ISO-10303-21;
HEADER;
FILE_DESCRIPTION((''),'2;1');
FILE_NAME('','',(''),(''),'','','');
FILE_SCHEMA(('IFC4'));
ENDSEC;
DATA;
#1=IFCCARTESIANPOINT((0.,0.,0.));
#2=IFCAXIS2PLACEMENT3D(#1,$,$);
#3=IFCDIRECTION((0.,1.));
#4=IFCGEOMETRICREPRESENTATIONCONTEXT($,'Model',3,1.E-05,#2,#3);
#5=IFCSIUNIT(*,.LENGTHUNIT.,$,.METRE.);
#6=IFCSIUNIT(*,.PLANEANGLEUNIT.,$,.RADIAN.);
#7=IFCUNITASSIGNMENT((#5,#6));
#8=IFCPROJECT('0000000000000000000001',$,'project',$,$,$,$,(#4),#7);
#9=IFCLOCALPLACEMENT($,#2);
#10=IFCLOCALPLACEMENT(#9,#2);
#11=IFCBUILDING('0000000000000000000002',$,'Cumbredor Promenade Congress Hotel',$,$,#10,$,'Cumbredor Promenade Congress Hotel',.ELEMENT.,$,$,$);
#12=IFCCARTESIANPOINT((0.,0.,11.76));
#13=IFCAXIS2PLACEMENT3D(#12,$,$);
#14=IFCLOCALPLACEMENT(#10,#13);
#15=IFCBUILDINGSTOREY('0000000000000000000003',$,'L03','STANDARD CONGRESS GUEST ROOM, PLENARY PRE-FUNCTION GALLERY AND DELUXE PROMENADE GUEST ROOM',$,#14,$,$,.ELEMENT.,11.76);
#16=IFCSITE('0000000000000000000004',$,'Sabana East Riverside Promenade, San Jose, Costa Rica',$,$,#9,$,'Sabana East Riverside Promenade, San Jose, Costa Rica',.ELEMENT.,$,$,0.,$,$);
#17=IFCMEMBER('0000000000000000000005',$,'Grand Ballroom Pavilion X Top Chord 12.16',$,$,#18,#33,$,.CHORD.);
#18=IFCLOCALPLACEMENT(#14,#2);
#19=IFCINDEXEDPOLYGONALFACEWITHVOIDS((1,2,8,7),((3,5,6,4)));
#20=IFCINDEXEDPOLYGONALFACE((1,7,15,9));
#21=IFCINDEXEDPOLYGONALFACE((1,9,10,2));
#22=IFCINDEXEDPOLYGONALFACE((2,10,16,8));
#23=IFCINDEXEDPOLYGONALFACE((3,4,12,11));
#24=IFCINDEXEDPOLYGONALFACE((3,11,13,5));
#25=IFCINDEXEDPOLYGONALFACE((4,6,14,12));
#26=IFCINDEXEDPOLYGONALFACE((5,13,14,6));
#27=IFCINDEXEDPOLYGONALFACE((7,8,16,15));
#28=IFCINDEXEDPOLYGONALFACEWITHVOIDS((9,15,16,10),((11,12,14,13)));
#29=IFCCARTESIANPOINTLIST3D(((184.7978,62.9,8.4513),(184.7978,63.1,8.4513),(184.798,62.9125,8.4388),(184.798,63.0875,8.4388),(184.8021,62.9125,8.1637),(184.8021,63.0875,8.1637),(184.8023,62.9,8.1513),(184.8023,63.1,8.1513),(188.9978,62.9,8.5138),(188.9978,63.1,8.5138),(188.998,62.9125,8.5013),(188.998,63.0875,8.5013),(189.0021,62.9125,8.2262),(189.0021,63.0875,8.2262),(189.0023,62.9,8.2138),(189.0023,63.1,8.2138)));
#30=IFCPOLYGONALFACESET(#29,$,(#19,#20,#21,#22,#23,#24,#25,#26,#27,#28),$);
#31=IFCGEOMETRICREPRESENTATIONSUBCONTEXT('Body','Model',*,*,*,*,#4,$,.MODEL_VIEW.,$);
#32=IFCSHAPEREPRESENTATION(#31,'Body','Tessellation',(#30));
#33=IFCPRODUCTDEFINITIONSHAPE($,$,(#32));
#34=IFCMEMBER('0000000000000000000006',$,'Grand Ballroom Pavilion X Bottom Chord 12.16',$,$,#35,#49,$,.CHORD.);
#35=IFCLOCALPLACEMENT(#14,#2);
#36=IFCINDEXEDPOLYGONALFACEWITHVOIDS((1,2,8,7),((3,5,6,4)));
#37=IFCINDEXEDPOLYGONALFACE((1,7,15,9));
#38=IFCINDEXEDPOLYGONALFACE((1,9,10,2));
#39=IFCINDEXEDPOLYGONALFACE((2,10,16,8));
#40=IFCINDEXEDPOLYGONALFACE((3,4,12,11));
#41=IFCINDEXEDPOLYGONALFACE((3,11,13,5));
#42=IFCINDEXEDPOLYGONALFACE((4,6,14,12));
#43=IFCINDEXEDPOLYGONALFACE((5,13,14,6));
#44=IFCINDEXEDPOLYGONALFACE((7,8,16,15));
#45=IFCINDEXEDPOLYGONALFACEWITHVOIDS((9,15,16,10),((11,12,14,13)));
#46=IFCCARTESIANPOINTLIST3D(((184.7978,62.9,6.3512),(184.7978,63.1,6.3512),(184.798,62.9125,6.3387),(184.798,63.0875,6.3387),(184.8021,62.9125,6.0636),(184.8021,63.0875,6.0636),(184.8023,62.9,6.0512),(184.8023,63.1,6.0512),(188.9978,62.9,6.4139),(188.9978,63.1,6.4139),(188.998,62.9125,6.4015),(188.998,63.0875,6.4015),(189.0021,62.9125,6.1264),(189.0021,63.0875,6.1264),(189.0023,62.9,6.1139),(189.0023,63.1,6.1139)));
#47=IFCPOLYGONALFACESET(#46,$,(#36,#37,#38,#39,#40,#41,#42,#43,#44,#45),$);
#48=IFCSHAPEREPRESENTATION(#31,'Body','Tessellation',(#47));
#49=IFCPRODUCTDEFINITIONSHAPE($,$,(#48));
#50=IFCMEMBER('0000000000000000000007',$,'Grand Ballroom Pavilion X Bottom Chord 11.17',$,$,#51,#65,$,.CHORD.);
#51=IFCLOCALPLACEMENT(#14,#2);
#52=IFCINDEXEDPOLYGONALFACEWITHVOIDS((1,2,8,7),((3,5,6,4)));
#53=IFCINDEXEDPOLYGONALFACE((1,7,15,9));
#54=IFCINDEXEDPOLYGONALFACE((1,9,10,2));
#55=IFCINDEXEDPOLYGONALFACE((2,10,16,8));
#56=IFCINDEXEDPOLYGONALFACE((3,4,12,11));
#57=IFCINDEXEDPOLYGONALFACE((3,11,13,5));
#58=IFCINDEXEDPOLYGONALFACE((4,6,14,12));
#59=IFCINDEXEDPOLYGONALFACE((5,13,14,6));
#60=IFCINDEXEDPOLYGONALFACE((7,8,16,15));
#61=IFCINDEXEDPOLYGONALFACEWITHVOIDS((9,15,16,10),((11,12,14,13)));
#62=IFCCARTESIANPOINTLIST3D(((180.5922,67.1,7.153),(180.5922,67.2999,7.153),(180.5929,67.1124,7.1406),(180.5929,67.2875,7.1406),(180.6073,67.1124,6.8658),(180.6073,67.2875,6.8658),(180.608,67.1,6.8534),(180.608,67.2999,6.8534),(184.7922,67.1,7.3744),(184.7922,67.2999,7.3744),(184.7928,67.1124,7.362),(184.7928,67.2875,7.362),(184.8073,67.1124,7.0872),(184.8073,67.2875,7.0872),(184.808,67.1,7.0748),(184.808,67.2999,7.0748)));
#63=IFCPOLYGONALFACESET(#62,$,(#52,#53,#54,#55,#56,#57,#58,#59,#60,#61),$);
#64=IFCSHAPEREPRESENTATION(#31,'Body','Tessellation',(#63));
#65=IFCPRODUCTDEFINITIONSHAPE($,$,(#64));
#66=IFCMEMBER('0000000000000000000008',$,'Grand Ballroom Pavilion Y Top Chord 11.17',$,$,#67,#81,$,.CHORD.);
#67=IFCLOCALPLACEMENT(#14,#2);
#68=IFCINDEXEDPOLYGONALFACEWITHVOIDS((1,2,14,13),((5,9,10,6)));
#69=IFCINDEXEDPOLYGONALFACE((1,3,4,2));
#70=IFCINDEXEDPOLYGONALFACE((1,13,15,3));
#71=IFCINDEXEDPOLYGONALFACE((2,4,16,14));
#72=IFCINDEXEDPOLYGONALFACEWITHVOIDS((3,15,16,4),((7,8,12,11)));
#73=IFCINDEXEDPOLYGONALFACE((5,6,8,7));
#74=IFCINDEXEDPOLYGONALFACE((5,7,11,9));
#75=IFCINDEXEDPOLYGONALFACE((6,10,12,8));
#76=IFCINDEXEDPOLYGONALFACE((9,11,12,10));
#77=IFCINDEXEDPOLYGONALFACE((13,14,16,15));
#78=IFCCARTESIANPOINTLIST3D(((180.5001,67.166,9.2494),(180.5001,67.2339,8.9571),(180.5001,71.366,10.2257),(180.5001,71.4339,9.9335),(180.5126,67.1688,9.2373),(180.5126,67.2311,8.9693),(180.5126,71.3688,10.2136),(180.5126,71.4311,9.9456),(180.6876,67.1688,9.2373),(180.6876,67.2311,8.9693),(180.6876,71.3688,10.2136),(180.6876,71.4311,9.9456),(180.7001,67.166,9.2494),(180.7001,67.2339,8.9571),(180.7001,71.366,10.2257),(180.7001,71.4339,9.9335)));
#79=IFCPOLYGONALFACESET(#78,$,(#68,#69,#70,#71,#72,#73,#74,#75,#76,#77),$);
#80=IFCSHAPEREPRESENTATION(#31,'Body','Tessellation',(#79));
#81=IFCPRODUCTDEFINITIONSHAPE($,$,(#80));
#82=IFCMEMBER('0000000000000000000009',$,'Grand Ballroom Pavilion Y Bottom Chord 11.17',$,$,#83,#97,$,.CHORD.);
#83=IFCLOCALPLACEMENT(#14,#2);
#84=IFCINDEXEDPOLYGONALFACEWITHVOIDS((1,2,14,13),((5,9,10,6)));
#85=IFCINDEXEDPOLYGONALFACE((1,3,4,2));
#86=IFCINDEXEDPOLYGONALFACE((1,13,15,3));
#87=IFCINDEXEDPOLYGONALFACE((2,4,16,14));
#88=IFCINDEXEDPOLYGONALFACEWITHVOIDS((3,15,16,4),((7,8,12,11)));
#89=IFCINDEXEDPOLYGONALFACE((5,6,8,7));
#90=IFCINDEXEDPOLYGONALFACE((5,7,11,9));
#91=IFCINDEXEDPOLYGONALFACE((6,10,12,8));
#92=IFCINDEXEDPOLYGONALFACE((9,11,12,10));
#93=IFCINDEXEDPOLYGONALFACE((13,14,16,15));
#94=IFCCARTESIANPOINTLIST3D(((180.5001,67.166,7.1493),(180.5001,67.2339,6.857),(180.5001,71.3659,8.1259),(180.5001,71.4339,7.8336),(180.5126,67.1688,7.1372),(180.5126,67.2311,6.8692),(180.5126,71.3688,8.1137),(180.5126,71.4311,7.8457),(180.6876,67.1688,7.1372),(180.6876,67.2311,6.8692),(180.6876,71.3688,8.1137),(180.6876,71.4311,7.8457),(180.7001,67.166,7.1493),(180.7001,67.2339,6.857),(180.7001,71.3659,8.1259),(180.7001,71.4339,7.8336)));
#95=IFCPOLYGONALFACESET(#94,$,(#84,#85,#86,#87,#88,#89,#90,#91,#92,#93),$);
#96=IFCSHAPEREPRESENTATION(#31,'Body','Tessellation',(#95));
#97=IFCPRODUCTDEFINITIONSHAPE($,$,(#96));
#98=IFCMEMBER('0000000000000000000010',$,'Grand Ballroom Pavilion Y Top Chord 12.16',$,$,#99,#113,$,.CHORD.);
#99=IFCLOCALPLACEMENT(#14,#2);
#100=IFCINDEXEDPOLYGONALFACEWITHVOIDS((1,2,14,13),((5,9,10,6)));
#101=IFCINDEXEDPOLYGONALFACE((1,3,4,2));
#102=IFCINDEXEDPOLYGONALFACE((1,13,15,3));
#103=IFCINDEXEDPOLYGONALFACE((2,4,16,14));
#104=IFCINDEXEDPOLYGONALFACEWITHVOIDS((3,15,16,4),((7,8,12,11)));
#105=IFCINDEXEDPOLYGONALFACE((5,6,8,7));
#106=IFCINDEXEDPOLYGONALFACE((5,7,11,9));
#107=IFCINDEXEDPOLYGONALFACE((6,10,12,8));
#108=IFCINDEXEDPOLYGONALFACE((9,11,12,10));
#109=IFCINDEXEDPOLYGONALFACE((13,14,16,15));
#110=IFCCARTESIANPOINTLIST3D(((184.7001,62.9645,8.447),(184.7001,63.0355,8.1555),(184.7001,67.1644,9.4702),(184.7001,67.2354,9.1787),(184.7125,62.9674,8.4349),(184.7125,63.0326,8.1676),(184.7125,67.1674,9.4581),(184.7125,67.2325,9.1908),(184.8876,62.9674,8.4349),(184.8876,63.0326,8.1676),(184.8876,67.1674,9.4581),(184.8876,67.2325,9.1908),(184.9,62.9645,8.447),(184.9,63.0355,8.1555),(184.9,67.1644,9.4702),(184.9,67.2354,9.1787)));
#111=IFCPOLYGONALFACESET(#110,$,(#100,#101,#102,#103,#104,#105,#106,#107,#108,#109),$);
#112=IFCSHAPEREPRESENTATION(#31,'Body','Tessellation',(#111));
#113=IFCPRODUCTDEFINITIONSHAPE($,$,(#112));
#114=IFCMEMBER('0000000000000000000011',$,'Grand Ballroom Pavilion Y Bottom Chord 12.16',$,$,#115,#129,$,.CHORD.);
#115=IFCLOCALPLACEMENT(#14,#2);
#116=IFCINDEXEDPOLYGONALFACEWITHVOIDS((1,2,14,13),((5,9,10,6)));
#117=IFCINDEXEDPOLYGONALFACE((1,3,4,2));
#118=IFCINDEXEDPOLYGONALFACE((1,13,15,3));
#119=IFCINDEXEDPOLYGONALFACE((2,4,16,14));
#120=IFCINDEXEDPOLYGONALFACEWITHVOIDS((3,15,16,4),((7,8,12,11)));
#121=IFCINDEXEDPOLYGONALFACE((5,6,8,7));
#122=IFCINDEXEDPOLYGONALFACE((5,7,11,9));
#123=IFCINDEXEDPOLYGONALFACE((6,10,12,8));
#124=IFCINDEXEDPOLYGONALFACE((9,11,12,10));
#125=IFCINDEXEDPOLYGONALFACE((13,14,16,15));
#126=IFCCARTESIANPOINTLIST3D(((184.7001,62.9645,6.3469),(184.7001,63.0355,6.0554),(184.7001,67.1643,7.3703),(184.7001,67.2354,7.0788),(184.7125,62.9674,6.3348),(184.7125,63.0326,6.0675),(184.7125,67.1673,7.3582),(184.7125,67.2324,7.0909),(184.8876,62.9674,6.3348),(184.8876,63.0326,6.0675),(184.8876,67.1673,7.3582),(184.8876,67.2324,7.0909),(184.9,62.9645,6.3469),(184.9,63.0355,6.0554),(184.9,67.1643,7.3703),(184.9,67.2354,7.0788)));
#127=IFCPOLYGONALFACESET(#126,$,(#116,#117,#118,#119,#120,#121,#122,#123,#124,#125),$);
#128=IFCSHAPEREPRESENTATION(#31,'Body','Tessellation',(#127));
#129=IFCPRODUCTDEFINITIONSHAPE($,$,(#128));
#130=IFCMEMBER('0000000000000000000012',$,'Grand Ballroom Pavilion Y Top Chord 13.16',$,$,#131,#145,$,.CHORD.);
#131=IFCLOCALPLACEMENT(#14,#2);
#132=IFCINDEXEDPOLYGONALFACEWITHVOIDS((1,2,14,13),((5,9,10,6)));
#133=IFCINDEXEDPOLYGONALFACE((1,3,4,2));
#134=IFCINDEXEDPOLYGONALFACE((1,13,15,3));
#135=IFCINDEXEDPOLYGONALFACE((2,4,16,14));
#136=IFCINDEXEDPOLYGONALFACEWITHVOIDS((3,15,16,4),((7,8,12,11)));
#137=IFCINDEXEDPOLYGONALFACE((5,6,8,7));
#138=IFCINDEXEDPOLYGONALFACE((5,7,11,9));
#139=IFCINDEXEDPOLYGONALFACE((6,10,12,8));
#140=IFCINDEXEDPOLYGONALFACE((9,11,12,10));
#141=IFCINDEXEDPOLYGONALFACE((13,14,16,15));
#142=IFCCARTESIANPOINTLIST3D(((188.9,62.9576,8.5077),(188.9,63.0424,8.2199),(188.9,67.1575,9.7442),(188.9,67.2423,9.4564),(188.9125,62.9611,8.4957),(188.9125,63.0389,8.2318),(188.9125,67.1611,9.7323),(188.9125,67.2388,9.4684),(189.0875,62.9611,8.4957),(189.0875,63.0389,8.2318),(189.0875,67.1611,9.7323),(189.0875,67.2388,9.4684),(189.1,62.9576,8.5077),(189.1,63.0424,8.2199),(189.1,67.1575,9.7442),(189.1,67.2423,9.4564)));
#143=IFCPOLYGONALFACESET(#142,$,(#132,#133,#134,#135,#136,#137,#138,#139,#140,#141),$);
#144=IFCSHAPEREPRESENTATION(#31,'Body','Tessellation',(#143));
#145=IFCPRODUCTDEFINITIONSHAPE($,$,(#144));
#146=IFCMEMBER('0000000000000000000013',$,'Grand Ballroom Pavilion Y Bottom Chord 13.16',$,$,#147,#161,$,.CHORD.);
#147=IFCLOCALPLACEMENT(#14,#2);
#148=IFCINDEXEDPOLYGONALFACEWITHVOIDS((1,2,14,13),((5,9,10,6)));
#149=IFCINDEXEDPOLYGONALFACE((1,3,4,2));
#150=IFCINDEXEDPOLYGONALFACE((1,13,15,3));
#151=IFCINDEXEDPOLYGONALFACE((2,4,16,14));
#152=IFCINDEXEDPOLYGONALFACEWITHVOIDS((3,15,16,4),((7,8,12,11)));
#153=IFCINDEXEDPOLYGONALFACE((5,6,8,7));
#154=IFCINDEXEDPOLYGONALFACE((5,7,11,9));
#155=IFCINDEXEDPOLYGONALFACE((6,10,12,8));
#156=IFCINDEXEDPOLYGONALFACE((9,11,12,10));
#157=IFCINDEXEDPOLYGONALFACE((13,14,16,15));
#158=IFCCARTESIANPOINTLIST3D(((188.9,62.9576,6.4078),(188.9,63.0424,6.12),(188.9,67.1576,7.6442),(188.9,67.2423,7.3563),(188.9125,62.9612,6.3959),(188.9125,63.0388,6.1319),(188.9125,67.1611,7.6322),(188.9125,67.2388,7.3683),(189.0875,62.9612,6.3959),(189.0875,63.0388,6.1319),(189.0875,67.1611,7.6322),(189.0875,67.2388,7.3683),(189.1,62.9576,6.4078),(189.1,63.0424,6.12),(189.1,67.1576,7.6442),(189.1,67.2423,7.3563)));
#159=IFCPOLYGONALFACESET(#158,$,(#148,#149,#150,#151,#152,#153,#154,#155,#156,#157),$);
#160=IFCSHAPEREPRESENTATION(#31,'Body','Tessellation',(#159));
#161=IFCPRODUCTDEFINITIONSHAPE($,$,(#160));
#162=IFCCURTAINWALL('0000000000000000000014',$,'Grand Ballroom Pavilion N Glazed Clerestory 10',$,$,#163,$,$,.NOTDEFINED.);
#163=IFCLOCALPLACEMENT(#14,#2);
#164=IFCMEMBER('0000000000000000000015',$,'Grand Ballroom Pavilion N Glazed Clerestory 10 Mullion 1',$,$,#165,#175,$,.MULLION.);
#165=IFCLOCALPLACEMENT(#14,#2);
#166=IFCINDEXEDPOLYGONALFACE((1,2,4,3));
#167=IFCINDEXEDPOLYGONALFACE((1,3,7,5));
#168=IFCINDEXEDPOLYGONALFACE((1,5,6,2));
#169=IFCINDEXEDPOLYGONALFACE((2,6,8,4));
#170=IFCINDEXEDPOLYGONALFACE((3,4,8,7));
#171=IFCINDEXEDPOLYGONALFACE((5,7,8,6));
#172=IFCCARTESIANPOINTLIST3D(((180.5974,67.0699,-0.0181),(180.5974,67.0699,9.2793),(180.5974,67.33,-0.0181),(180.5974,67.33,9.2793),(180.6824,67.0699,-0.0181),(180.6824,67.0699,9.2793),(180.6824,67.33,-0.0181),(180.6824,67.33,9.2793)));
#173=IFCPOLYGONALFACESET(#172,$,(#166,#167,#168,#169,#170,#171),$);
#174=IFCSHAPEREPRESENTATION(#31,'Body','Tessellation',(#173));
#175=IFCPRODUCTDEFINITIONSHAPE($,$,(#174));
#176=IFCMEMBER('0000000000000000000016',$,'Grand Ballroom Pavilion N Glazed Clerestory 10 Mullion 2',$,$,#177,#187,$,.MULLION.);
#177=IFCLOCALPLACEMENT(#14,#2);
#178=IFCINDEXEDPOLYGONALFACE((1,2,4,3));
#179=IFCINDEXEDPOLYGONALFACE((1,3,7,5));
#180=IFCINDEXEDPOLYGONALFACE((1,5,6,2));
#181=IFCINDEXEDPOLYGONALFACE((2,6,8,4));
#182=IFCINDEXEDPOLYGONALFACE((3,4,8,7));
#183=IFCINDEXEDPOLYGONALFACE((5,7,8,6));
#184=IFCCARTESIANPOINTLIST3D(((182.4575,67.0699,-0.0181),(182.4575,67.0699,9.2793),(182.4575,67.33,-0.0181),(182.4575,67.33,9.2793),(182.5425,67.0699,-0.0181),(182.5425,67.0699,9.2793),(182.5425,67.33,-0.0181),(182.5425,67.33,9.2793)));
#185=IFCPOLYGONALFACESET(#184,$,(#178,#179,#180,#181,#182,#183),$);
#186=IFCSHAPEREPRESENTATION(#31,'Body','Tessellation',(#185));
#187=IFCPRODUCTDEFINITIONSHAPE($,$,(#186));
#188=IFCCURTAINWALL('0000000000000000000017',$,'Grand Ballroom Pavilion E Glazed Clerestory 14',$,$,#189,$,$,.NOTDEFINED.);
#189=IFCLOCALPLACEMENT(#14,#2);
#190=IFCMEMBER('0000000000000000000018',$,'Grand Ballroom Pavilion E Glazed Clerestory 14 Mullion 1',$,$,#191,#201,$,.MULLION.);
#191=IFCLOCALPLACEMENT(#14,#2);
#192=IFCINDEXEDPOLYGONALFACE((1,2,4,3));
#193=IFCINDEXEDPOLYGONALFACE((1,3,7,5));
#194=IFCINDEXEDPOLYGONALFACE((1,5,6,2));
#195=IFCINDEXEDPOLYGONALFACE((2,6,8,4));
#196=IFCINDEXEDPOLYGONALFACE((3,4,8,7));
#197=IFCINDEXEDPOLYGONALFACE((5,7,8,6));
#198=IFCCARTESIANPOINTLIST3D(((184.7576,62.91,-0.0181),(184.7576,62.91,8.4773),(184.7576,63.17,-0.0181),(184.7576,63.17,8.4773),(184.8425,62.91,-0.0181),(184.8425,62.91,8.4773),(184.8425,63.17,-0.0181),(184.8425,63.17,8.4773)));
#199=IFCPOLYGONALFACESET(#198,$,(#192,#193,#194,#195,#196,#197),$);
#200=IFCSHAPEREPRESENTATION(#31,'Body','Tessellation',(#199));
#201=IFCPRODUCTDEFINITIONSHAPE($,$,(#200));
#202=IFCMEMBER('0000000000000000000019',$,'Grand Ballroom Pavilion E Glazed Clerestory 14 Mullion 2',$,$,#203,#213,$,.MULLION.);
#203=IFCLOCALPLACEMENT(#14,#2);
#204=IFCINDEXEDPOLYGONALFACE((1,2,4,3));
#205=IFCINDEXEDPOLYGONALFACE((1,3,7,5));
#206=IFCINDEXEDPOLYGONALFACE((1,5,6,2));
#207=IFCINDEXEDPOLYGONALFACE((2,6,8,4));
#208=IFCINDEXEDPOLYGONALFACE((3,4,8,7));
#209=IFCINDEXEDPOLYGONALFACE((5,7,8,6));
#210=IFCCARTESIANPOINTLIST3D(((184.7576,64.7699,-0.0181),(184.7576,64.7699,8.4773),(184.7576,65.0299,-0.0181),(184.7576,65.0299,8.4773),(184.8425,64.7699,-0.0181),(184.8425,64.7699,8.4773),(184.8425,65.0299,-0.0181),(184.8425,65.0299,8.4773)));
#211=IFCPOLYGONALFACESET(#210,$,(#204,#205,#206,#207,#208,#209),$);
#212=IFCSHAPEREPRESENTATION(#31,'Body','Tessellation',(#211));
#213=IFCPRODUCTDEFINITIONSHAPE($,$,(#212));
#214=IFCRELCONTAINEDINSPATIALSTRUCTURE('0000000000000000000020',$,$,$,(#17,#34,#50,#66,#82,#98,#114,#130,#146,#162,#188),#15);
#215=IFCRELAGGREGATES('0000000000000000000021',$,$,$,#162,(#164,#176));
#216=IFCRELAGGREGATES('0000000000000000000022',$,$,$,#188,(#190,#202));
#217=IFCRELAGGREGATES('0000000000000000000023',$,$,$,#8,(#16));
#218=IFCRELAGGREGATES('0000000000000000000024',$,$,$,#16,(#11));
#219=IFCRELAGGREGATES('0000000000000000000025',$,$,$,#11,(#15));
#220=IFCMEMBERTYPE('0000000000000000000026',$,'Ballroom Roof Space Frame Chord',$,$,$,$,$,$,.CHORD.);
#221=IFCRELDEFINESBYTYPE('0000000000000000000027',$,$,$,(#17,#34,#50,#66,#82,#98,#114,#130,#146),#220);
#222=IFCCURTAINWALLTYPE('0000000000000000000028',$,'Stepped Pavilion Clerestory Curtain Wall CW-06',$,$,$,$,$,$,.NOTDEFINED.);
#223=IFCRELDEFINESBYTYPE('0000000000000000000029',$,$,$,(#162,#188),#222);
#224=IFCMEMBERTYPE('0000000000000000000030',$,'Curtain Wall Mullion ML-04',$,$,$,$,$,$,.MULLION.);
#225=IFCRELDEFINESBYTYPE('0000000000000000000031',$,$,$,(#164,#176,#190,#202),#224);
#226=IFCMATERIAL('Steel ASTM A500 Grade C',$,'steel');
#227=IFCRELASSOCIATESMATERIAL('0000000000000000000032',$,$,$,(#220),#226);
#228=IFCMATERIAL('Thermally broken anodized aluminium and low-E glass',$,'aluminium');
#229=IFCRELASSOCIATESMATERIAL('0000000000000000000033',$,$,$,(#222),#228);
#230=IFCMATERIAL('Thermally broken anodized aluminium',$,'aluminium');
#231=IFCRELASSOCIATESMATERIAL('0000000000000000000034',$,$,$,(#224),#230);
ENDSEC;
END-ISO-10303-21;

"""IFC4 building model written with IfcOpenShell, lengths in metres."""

from ifc_helpers import new_model, si_unit, direction, frame, origin, origin_2d, place, context, subcontext, project, spatial, rectangle, hollow_rectangle, extrude, material, material_profile, profile_set, type_object, element, aggregate, save


model = new_model("IFC4")

# Units and contexts
model_context = context("Model", 3, precision=1e-05, world=origin(), true_north=direction((0.0, 1.0)))
body_context = subcontext(model_context, "Body", "Model", "MODEL_VIEW")
ifc_project = project(units=[si_unit("LENGTHUNIT", "METRE"), si_unit("PLANEANGLEUNIT", "RADIAN")], contexts=[model_context])

# Site, building, storey
site_placement = place(None, origin())
site = spatial("IfcSite", under=ifc_project, at=site_placement, Name="Sabana East Riverside Promenade, San Jose, Costa Rica", LongName="Sabana East Riverside Promenade, San Jose, Costa Rica", CompositionType="ELEMENT", RefElevation=0.0)
building_placement = place(site_placement, origin())
building = spatial("IfcBuilding", under=site, at=building_placement, Name="Cumbredor Promenade Congress Hotel", LongName="Cumbredor Promenade Congress Hotel", CompositionType="ELEMENT")
storey_placement = place(building_placement, frame((0.0, 0.0, 11.76)))
storey = spatial("IfcBuildingStorey", under=building, at=storey_placement, Name="L03", Description="STANDARD CONGRESS GUEST ROOM, PLENARY PRE-FUNCTION GALLERY AND DELUXE PROMENADE GUEST ROOM", CompositionType="ELEMENT", Elevation=11.76)

# Members
ifc_material_1 = material(Name="Steel ASTM A500 Grade C", Category="steel")
ifc_material_profile_1 = material_profile(ifc_material_1, hollow_rectangle(XDim=0.2, YDim=0.3, WallThickness=0.0125, at=origin_2d()), Name="HSS 300x200x12.5")
ifc_profile_set_1 = profile_set([ifc_material_profile_1], Name="Steel ASTM A500 Grade C")
member_type_1 = type_object("IfcMemberType", Name="Ballroom Roof Space Frame Chord", PredefinedType="CHORD", material=ifc_profile_set_1)
for number, where, z_axis, x_axis, name in (
    (1, (184.8, 63.0, 8.3013), (0.999889, 0.0, 0.014879), (0.0, 1.0, 0.0), "Grand Ballroom Pavilion X Top Chord 12.16"),
    (2, (184.8, 63.0, 6.2012), (0.999888, 0.0, 0.014938), (0.0, 1.0, 0.0), "Grand Ballroom Pavilion X Bottom Chord 12.16"),
):
    element("IfcMember", number, at=place(storey_placement, frame(where, z_axis=z_axis, x_axis=x_axis)), inside=storey, type_object=member_type_1, Name=name, PredefinedType="CHORD", context=body_context, shape_type="SweptSolid", body=[
        extrude(hollow_rectangle(XDim=0.2, YDim=0.3, WallThickness=0.0125, at=origin_2d()), origin(), (0.0, 0.0, 1.0), 4.2004),
    ])
member_1_placement = place(storey_placement, frame((180.6001, 67.2, 7.0032), z_axis=(0.998613, 0.0, 0.05265), x_axis=(0.0, 1.0, 0.0)))
element("IfcMember", 3, at=member_1_placement, inside=storey, type_object=member_type_1, Name="Grand Ballroom Pavilion X Bottom Chord 11.17", PredefinedType="CHORD", context=body_context, shape_type="SweptSolid", body=[
    extrude(hollow_rectangle(XDim=0.2, YDim=0.3, WallThickness=0.0125, at=origin_2d()), origin(), (0.0, 0.0, 1.0), 4.2058),
])
for number, where, z_axis, x_axis, name in (
    (4, (180.6001, 67.2, 9.1033), (0.0, 0.974029, 0.226422), (-1.0, 0.0, 0.0), "Grand Ballroom Pavilion Y Top Chord 11.17"),
    (5, (180.6001, 67.2, 7.0032), (0.0, 0.974017, 0.226476), (-1.0, 0.0, 0.0), "Grand Ballroom Pavilion Y Bottom Chord 11.17"),
):
    element("IfcMember", number, at=place(storey_placement, frame(where, z_axis=z_axis, x_axis=x_axis)), inside=storey, type_object=member_type_1, Name=name, PredefinedType="CHORD", context=body_context, shape_type="SweptSolid", body=[
        extrude(hollow_rectangle(XDim=0.2, YDim=0.3, WallThickness=0.0125, at=origin_2d()), origin(), (0.0, 0.0, 1.0), 4.312),
    ])
for number, where, z_axis, x_axis, name in (
    (6, (184.8, 63.0, 8.3013), (0.0, 0.971583, 0.236697), (-1.0, 0.0, 0.0), "Grand Ballroom Pavilion Y Top Chord 12.16"),
    (7, (184.8, 63.0, 6.2012), (0.0, 0.97157, 0.236751), (-1.0, 0.0, 0.0), "Grand Ballroom Pavilion Y Bottom Chord 12.16"),
):
    element("IfcMember", number, at=place(storey_placement, frame(where, z_axis=z_axis, x_axis=x_axis)), inside=storey, type_object=member_type_1, Name=name, PredefinedType="CHORD", context=body_context, shape_type="SweptSolid", body=[
        extrude(hollow_rectangle(XDim=0.2, YDim=0.3, WallThickness=0.0125, at=origin_2d()), origin(), (0.0, 0.0, 1.0), 4.3228),
    ])
for number, where, z_axis, x_axis, name in (
    (8, (189.0, 63.0, 8.3638), (0.0, 0.959286, 0.282438), (-1.0, 0.0, 0.0), "Grand Ballroom Pavilion Y Top Chord 13.16"),
    (9, (189.0, 63.0, 6.2639), (0.0, 0.959301, 0.282387), (-1.0, 0.0, 0.0), "Grand Ballroom Pavilion Y Bottom Chord 13.16"),
):
    element("IfcMember", number, at=place(storey_placement, frame(where, z_axis=z_axis, x_axis=x_axis)), inside=storey, type_object=member_type_1, Name=name, PredefinedType="CHORD", context=body_context, shape_type="SweptSolid", body=[
        extrude(hollow_rectangle(XDim=0.2, YDim=0.3, WallThickness=0.0125, at=origin_2d()), origin(), (0.0, 0.0, 1.0), 4.3782),
    ])

# Curtain walls, members
ifc_material_2 = material(Name="Thermally broken anodized aluminium and low-E glass", Category="aluminium")
curtain_wall_type = type_object("IfcCurtainWallType", Name="Stepped Pavilion Clerestory Curtain Wall CW-06", PredefinedType="NOTDEFINED", material=ifc_material_2)
curtain_wall_1_placement = place(storey_placement, origin())
curtain_wall_1 = element("IfcCurtainWall", 10, at=curtain_wall_1_placement, inside=storey, type_object=curtain_wall_type, Name="Grand Ballroom Pavilion N Glazed Clerestory 10", PredefinedType="NOTDEFINED")
ifc_material_3 = material(Name="Thermally broken anodized aluminium", Category="aluminium")
ifc_material_profile_2 = material_profile(ifc_material_3, rectangle(XDim=0.085, YDim=0.26, at=origin_2d()), Name="ALU MULLION CLERESTORY 85x260")
ifc_profile_set_2 = profile_set([ifc_material_profile_2], Name="Thermally broken anodized aluminium")
member_type_2 = type_object("IfcMemberType", Name="Curtain Wall Mullion ML-04", PredefinedType="MULLION", material=ifc_profile_set_2)
member_2_placement = place(storey_placement, frame((180.6399, 67.2, -0.0181), z_axis=(0.0, 0.0, 1.0), x_axis=(1.0, 0.0, 0.0)))
member_2 = element("IfcMember", 11, at=member_2_placement, type_object=member_type_2, Name="Grand Ballroom Pavilion N Glazed Clerestory 10 Mullion 1", PredefinedType="MULLION", context=body_context, shape_type="SweptSolid", body=[
    extrude(rectangle(XDim=0.085, YDim=0.26, at=origin_2d()), origin(), (0.0, 0.0, 1.0), 9.2974),
])
member_3_placement = place(storey_placement, frame((182.5, 67.2, -0.0181), z_axis=(0.0, 0.0, 1.0), x_axis=(1.0, 0.0, 0.0)))
member_3 = element("IfcMember", 12, at=member_3_placement, type_object=member_type_2, Name="Grand Ballroom Pavilion N Glazed Clerestory 10 Mullion 2", PredefinedType="MULLION", context=body_context, shape_type="SweptSolid", body=[
    extrude(rectangle(XDim=0.085, YDim=0.26, at=origin_2d()), origin(), (0.0, 0.0, 1.0), 9.2974),
])
curtain_wall_2_placement = place(storey_placement, origin())
curtain_wall_2 = element("IfcCurtainWall", 13, at=curtain_wall_2_placement, inside=storey, type_object=curtain_wall_type, Name="Grand Ballroom Pavilion E Glazed Clerestory 14", PredefinedType="NOTDEFINED")
member_4_placement = place(storey_placement, frame((184.8, 63.04, -0.0181), z_axis=(0.0, 0.0, 1.0), x_axis=(1.0, 0.0, 0.0)))
member_4 = element("IfcMember", 14, at=member_4_placement, type_object=member_type_2, Name="Grand Ballroom Pavilion E Glazed Clerestory 14 Mullion 1", PredefinedType="MULLION", context=body_context, shape_type="SweptSolid", body=[
    extrude(rectangle(XDim=0.085, YDim=0.26, at=origin_2d()), origin(), (0.0, 0.0, 1.0), 8.4954),
])
member_5_placement = place(storey_placement, frame((184.8, 64.8999, -0.0181), z_axis=(0.0, 0.0, 1.0), x_axis=(1.0, 0.0, 0.0)))
member_5 = element("IfcMember", 15, at=member_5_placement, type_object=member_type_2, Name="Grand Ballroom Pavilion E Glazed Clerestory 14 Mullion 2", PredefinedType="MULLION", context=body_context, shape_type="SweptSolid", body=[
    extrude(rectangle(XDim=0.085, YDim=0.26, at=origin_2d()), origin(), (0.0, 0.0, 1.0), 8.4954),
])

aggregate(curtain_wall_1, [member_2, member_3])
aggregate(curtain_wall_2, [member_4, member_5])

save(model, "model.ifc")
